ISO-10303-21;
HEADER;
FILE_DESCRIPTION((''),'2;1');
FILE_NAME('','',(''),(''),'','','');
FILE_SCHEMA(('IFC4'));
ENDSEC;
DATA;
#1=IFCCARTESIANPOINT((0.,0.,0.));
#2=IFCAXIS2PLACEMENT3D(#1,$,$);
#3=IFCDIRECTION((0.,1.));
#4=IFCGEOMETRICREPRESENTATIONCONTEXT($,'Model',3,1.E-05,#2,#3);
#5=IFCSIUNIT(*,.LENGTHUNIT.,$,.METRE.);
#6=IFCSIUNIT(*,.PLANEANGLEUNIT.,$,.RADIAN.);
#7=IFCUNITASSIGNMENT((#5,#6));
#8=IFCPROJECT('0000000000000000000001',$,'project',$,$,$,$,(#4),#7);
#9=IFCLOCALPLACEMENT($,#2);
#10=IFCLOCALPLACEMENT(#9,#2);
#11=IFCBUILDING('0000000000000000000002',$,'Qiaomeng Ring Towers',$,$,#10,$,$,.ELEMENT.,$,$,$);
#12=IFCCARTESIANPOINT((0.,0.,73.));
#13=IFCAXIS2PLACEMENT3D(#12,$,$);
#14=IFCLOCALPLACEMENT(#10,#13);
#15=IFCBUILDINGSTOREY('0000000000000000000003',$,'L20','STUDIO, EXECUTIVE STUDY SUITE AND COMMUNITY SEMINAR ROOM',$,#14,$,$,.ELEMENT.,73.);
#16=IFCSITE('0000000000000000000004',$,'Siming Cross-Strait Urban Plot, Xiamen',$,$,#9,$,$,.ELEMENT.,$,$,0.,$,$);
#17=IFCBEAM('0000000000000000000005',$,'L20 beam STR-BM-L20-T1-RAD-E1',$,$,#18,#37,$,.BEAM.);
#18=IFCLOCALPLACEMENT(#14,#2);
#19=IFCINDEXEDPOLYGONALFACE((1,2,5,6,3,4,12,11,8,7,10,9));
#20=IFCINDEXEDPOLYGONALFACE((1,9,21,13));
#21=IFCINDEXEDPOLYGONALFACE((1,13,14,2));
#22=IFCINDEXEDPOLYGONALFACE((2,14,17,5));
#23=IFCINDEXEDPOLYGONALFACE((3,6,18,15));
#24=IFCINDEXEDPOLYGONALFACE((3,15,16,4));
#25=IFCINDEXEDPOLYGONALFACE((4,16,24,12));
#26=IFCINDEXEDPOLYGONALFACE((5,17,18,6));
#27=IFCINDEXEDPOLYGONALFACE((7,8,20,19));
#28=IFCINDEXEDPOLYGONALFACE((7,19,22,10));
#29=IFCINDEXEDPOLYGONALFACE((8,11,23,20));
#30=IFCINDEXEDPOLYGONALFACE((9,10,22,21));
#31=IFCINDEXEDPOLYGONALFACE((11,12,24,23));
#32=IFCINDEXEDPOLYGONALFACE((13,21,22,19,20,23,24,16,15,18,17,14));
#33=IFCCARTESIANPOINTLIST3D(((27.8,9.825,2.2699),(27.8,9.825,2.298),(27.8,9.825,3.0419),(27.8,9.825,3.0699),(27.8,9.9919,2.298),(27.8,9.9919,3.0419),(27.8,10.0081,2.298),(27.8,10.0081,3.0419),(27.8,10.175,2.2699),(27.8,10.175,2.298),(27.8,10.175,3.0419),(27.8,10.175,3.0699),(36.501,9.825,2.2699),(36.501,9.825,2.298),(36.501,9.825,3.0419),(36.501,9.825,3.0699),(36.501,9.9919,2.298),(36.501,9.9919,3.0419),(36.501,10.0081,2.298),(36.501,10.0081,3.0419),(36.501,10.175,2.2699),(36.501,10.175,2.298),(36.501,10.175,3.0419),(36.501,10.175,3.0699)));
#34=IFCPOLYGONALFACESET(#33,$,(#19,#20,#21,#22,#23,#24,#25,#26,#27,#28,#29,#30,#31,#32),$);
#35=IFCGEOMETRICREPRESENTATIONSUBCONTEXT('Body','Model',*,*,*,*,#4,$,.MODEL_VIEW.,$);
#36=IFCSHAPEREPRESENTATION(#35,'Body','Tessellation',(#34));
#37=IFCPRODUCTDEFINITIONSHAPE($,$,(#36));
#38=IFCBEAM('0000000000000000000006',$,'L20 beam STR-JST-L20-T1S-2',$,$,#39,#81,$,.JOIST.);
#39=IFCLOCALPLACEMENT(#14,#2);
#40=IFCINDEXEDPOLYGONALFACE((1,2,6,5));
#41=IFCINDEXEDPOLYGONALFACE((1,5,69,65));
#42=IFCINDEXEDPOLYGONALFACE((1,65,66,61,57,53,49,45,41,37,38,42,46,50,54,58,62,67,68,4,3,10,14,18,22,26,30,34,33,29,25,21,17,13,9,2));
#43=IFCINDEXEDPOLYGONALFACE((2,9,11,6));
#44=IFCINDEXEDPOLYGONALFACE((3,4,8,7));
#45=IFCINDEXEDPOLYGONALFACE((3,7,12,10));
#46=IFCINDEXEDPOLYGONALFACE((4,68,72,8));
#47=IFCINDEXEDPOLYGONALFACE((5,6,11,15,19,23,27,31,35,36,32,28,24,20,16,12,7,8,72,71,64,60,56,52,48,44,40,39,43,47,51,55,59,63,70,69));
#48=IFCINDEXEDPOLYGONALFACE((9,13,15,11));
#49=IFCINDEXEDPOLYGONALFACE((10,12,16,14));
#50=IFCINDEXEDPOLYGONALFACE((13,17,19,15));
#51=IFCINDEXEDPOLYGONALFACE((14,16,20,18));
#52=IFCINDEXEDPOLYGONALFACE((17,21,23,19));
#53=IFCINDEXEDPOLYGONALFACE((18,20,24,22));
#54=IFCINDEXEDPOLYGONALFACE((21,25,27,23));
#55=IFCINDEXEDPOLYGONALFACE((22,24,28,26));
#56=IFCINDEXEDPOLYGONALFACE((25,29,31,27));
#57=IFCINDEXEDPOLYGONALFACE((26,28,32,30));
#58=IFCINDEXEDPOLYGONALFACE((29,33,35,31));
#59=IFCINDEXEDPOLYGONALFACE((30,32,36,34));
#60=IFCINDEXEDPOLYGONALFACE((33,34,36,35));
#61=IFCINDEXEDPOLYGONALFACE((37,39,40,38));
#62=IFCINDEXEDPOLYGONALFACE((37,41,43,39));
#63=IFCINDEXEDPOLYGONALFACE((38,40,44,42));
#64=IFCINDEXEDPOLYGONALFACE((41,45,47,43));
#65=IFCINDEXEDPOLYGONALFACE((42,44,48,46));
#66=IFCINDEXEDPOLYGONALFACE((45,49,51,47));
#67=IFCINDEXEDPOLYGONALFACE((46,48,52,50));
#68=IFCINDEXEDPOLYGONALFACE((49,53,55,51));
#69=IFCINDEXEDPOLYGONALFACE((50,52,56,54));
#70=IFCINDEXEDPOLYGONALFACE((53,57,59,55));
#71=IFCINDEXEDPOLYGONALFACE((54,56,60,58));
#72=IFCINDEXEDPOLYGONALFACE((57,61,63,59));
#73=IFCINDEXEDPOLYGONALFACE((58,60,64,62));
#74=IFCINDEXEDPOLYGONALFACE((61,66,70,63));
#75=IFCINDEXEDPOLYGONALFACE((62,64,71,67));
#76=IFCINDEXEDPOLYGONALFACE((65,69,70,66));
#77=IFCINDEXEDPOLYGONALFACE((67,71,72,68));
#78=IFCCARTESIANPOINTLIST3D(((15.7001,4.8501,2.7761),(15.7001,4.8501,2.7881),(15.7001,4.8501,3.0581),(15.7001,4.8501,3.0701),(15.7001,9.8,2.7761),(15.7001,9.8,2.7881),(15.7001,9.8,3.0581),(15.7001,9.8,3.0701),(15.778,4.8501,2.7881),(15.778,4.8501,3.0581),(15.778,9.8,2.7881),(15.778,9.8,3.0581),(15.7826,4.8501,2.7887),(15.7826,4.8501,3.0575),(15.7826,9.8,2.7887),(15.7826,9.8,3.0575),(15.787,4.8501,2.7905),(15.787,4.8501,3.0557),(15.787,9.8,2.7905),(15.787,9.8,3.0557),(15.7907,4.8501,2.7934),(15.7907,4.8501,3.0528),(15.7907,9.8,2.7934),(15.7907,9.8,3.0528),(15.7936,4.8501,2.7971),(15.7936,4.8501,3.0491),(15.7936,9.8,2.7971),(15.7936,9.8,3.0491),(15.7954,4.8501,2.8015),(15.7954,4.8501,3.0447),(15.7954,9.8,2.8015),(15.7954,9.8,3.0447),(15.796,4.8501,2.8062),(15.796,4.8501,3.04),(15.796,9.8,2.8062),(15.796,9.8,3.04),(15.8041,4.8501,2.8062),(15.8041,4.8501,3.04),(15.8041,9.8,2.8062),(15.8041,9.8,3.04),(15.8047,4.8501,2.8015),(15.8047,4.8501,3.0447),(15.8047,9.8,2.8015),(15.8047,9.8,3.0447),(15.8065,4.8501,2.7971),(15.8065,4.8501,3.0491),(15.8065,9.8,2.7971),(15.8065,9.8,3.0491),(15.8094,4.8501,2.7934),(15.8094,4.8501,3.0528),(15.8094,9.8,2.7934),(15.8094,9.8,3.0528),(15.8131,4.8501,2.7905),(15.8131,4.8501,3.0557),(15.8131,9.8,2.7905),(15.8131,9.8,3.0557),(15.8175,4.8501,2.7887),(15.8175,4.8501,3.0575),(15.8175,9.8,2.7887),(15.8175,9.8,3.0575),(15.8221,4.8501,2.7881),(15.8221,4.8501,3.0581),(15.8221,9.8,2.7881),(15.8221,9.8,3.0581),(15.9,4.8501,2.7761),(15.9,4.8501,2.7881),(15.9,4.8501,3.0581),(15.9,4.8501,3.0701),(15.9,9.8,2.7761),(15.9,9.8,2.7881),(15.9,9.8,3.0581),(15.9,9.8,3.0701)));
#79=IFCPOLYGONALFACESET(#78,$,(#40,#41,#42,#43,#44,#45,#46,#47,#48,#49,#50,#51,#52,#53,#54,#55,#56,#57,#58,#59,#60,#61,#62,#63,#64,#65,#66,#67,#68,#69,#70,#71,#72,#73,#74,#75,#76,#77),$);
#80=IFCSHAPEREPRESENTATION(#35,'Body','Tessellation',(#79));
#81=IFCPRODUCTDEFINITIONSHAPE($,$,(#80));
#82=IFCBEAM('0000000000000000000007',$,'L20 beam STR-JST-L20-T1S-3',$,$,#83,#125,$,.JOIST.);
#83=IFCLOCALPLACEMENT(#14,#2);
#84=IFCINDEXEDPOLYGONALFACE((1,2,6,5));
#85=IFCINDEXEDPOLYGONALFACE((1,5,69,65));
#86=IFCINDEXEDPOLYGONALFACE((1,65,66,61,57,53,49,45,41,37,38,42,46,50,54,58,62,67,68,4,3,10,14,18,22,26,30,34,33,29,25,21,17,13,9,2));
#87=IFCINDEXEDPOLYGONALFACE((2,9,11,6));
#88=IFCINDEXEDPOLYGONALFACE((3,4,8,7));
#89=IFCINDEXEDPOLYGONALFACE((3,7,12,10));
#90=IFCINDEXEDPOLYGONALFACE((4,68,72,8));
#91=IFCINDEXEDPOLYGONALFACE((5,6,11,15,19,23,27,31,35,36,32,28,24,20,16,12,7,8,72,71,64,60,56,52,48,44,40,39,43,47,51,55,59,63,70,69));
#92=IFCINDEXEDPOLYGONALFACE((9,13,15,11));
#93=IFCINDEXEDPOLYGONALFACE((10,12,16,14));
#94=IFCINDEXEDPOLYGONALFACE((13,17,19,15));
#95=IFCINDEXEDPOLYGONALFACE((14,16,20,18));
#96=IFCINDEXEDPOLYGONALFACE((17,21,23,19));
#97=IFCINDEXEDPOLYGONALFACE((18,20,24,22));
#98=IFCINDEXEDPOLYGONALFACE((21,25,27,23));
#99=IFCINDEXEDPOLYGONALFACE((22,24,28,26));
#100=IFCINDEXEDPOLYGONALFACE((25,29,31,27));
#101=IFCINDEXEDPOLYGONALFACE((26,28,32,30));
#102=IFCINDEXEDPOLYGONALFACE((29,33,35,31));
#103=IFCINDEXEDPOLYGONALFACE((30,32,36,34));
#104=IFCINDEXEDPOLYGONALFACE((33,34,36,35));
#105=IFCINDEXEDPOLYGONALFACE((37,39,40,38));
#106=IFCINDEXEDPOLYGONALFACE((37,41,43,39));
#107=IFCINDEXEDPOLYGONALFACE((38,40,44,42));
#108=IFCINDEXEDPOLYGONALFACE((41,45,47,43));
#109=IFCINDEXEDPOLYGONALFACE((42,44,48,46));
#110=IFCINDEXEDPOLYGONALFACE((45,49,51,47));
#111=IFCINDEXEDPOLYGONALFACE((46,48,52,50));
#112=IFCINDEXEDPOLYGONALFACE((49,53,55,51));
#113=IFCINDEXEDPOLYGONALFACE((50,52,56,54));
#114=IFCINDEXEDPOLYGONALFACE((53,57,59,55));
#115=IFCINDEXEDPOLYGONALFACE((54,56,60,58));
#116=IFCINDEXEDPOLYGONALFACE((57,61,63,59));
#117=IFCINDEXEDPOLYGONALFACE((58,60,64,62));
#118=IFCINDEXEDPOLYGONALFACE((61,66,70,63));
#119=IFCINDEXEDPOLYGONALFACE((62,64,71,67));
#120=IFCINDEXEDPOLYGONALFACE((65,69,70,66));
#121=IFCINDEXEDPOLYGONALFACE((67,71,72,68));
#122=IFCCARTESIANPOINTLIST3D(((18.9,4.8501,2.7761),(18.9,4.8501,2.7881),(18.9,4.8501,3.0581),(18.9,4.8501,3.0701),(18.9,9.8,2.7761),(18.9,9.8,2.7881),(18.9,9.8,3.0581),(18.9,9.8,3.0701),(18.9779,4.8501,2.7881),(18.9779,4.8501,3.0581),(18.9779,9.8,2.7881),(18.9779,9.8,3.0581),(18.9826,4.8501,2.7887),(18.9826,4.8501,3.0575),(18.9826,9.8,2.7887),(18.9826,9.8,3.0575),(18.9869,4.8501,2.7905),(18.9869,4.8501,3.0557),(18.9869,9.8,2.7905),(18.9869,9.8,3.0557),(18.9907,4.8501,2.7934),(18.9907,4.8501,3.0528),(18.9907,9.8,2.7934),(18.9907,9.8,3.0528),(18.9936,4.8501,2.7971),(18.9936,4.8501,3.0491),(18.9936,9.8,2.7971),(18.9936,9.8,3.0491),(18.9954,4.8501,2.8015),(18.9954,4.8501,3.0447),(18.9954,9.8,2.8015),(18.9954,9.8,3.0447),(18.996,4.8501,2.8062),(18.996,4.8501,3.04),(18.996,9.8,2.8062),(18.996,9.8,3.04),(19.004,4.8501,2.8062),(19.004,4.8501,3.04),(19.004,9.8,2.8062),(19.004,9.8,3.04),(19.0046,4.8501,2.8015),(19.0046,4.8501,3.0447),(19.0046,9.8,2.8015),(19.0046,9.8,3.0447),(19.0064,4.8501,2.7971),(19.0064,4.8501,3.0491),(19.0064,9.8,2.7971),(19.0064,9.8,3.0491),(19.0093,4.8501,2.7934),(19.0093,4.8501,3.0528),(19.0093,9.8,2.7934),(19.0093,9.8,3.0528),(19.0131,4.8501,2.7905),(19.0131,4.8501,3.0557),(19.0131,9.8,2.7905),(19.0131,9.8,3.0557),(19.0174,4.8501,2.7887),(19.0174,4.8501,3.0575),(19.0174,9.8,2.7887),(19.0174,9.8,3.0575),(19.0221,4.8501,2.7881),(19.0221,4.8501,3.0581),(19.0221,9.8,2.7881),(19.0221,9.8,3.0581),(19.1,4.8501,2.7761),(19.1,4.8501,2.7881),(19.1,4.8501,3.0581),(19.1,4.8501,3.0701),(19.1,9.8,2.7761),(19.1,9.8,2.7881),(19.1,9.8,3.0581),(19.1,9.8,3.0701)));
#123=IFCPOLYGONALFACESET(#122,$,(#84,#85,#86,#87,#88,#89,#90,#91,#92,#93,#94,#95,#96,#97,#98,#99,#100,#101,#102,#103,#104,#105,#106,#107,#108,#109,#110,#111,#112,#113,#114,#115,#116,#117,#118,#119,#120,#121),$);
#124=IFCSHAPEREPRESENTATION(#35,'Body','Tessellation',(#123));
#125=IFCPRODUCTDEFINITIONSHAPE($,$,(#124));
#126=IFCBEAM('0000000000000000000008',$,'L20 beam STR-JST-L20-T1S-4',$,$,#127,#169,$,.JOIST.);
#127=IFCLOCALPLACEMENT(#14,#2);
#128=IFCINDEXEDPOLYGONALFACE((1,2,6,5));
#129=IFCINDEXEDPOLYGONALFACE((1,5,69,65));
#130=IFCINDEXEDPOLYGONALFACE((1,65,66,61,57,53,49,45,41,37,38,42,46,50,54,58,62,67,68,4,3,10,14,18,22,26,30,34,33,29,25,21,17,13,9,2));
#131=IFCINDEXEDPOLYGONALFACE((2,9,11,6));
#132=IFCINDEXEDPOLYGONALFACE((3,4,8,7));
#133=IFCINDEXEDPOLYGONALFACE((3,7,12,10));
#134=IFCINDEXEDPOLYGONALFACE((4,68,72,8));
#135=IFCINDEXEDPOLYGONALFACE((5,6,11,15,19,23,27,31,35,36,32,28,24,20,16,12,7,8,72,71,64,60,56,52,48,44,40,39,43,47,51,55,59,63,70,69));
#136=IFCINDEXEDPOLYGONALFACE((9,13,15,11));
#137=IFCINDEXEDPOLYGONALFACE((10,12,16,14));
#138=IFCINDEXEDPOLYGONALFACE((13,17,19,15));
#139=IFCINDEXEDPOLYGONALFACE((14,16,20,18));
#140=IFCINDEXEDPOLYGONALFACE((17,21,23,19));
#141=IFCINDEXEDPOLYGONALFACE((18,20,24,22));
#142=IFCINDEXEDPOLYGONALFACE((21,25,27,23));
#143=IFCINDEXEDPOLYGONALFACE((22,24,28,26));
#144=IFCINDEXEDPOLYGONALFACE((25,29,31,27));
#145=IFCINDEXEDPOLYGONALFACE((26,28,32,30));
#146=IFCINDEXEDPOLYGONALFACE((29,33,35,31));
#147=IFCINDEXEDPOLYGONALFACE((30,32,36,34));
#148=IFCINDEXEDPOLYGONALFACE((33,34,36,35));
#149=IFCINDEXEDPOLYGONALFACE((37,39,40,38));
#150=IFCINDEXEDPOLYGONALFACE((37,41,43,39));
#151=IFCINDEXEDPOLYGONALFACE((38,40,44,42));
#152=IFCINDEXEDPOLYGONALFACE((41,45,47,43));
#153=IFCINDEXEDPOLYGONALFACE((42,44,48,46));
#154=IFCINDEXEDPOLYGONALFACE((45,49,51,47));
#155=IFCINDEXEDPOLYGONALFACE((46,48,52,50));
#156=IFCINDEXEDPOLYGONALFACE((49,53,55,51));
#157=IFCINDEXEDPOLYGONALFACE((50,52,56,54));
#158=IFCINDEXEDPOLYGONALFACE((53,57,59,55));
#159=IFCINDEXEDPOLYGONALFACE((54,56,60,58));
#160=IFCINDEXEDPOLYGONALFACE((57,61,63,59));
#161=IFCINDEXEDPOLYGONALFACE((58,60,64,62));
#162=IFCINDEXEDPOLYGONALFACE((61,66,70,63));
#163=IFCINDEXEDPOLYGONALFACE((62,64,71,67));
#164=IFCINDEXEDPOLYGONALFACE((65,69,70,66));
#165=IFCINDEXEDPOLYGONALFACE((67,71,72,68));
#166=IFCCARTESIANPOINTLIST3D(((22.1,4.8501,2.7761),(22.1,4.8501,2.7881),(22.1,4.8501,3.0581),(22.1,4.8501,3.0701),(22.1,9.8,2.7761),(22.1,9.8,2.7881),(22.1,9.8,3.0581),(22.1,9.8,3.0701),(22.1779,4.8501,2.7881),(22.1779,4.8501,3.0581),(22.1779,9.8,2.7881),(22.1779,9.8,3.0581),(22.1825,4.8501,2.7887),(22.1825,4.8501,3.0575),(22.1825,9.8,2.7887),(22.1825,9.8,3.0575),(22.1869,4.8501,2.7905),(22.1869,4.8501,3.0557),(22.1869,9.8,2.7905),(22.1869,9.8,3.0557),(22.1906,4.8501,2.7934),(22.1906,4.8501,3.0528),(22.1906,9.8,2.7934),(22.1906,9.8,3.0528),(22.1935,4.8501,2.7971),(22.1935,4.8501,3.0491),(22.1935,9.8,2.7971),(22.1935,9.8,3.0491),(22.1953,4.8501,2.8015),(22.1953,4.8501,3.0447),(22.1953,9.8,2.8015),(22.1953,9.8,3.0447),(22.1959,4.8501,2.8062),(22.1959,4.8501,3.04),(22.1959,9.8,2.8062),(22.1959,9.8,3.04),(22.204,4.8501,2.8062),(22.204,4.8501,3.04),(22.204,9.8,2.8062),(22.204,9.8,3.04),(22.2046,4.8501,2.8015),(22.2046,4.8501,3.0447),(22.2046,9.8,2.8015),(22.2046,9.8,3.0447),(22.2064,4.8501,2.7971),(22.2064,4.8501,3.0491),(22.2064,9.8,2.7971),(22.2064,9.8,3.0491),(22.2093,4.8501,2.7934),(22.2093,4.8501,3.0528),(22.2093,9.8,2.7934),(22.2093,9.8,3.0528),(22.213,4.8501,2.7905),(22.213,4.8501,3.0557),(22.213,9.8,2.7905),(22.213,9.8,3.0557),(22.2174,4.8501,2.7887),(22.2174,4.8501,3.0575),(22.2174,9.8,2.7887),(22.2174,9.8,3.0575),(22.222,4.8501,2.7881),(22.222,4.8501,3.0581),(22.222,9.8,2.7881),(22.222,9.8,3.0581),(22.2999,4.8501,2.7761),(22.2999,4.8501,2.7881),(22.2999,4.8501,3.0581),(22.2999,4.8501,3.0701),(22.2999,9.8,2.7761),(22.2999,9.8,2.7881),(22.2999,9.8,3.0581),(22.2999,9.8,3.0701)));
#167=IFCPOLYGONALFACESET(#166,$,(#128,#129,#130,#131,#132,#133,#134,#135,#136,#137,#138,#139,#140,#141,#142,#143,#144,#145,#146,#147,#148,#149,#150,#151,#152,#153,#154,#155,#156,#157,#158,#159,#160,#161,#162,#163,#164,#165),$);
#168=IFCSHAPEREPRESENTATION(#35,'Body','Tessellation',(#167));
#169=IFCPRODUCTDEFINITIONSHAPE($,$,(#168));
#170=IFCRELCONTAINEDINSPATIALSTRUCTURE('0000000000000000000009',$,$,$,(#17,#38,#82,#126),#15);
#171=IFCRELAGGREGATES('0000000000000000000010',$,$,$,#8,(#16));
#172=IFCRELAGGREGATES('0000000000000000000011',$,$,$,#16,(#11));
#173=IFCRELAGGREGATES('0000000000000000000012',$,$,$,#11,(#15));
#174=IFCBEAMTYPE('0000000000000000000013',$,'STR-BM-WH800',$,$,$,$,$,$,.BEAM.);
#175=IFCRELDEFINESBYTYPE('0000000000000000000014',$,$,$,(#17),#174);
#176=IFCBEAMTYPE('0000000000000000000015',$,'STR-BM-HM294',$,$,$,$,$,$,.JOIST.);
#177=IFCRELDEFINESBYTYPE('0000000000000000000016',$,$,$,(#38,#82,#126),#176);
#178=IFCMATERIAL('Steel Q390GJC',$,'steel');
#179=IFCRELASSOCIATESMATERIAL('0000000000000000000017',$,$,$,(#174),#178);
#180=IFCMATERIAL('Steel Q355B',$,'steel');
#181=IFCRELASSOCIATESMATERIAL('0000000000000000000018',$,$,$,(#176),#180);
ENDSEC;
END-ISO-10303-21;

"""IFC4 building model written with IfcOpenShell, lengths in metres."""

from ifc_helpers import new_model, si_unit, direction, frame, origin, origin_2d, place, context, subcontext, project, spatial, i_section, extrude, source, transform, mapped, material, material_profile, profile_set, type_object, element, save


model = new_model("IFC4")

# Units and contexts
model_context = context("Model", 3, precision=1e-05, world=origin(), true_north=direction((0.0, 1.0)))
body_context = subcontext(model_context, "Body", "Model", "MODEL_VIEW")
ifc_project = project(units=[si_unit("LENGTHUNIT", "METRE"), si_unit("PLANEANGLEUNIT", "RADIAN")], contexts=[model_context])

# Site, building, storey
site_placement = place(None, origin())
site = spatial("IfcSite", under=ifc_project, at=site_placement, Name="Siming Cross-Strait Urban Plot, Xiamen", CompositionType="ELEMENT", RefElevation=0.0)
building_placement = place(site_placement, origin())
building = spatial("IfcBuilding", under=site, at=building_placement, Name="Qiaomeng Ring Towers", CompositionType="ELEMENT")
storey_placement = place(building_placement, frame((0.0, 0.0, 73.0)))
storey = spatial("IfcBuildingStorey", under=building, at=storey_placement, Name="L20", Description="STUDIO, EXECUTIVE STUDY SUITE AND COMMUNITY SEMINAR ROOM", CompositionType="ELEMENT", Elevation=73.0)

# Beams
ifc_material_1 = material(Name="Steel Q390GJC", Category="steel")
ifc_material_profile_1 = material_profile(ifc_material_1, i_section(OverallWidth=0.3501, OverallDepth=0.8, WebThickness=0.0161, FlangeThickness=0.0281, at=origin_2d()), Name="WH 800x350x16x28")
ifc_profile_set_1 = profile_set([ifc_material_profile_1], Name="Steel Q390GJC")
beam_type_1 = type_object("IfcBeamType", Name="STR-BM-WH800", PredefinedType="BEAM", material=ifc_profile_set_1)
shared_shape_1 = source(origin(), body_context, "Body", "SweptSolid", [
    extrude(i_section(OverallWidth=0.3501, OverallDepth=0.8, WebThickness=0.0161, FlangeThickness=0.0281, at=origin_2d()), origin(), (0.0, 0.0, 1.0), 8.7009),
])
beam_placement = place(storey_placement, frame((27.8, 10.0, 2.6699), z_axis=(1.0, 0.0, 0.0), x_axis=(0.0, 1.0, 0.0)))
element("IfcBeam", 1, at=beam_placement, inside=storey, type_object=beam_type_1, Name="L20 beam STR-BM-L20-T1-RAD-E1", PredefinedType="BEAM", context=body_context, shape_type="MappedRepresentation", body=[
    mapped(shared_shape_1, transform((0.0, 0.0, 0.0), x_axis=(1.0, 0.0, 0.0), y_axis=(0.0, 1.0, 0.0), z_axis=(0.0, 0.0, 1.0), scale=1.0)),
])
ifc_material_2 = material(Name="Steel Q355B", Category="steel")
ifc_material_profile_2 = material_profile(ifc_material_2, i_section(OverallWidth=0.2, OverallDepth=0.2939, WebThickness=0.0081, FlangeThickness=0.012, FilletRadius=0.0181, at=origin_2d()), Name="HM 294x200x8x12")
ifc_profile_set_2 = profile_set([ifc_material_profile_2], Name="Steel Q355B")
beam_type_2 = type_object("IfcBeamType", Name="STR-BM-HM294", PredefinedType="JOIST", material=ifc_profile_set_2)
shared_shape_2 = source(origin(), body_context, "Body", "SweptSolid", [
    extrude(i_section(OverallWidth=0.2, OverallDepth=0.2939, WebThickness=0.0081, FlangeThickness=0.012, FilletRadius=0.0181, at=origin_2d()), origin(), (0.0, 0.0, 1.0), 4.95),
])
for number, where, z_axis, x_axis, name in (
    (2, (15.8, 4.8501, 2.9231), (0.0, 1.0, 0.0), (-1.0, 0.0, 0.0), "L20 beam STR-JST-L20-T1S-2"),
    (3, (19.0, 4.8501, 2.9231), (0.0, 1.0, 0.0), (-1.0, 0.0, 0.0), "L20 beam STR-JST-L20-T1S-3"),
    (4, (22.2, 4.8501, 2.9231), (0.0, 1.0, 0.0), (-1.0, 0.0, 0.0), "L20 beam STR-JST-L20-T1S-4"),
):
    element("IfcBeam", number, at=place(storey_placement, frame(where, z_axis=z_axis, x_axis=x_axis)), inside=storey, type_object=beam_type_2, Name=name, PredefinedType="JOIST", context=body_context, shape_type="MappedRepresentation", body=[
        mapped(shared_shape_2, transform((0.0, 0.0, 0.0), x_axis=(1.0, 0.0, 0.0), y_axis=(0.0, 1.0, 0.0), z_axis=(0.0, 0.0, 1.0), scale=1.0)),
    ])

save(model, "model.ifc")
